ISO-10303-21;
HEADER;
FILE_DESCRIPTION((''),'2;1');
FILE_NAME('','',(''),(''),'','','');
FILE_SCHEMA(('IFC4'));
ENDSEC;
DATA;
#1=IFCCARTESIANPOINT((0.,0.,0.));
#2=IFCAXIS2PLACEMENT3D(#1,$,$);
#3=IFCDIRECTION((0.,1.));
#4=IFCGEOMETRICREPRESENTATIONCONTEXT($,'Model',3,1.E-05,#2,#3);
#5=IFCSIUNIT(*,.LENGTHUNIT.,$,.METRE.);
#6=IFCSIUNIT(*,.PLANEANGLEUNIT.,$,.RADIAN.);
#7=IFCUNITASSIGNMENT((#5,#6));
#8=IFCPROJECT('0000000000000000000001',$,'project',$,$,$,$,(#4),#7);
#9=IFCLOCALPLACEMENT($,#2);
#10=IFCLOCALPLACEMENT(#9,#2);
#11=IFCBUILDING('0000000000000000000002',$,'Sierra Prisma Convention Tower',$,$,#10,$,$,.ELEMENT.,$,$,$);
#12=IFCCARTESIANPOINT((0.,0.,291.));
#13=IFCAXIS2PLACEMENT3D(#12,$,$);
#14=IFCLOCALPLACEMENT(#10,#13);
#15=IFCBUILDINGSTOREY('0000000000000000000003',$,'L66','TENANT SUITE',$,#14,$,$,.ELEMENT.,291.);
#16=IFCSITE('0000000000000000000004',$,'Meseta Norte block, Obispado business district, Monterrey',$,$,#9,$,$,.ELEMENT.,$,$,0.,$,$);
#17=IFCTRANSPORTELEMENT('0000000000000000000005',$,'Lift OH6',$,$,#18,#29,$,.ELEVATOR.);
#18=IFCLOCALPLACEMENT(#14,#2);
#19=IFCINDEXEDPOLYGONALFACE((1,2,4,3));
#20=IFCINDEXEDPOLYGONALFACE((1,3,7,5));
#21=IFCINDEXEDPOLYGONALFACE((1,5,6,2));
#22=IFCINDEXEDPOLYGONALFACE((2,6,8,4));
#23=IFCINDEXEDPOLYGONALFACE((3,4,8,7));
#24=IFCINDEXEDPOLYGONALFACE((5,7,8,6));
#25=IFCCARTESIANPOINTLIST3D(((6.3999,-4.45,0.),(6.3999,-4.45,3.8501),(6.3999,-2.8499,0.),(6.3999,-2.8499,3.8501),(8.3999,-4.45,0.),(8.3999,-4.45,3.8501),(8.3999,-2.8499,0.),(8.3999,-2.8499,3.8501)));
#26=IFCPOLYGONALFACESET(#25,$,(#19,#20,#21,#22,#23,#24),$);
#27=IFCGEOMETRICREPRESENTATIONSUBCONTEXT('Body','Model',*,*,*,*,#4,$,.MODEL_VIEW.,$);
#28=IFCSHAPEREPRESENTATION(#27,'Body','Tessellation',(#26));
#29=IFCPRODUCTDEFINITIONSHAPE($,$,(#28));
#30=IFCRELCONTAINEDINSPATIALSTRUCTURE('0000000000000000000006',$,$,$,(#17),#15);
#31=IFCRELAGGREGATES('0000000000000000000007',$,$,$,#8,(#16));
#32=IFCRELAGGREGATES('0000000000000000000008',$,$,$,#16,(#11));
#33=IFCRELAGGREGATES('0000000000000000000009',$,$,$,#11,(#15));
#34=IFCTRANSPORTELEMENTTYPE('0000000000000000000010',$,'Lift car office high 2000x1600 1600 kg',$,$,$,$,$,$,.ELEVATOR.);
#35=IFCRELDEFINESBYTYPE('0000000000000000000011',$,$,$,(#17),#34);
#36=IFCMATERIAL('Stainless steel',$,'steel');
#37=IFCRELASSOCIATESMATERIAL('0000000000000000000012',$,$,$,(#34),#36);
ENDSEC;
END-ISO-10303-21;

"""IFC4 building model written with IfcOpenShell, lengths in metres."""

from ifc_helpers import new_model, si_unit, direction, frame, origin, origin_2d, place, context, subcontext, project, spatial, rectangle, extrude, material, type_object, element, save


model = new_model("IFC4")

# Units and contexts
model_context = context("Model", 3, precision=1e-05, world=origin(), true_north=direction((0.0, 1.0)))
body_context = subcontext(model_context, "Body", "Model", "MODEL_VIEW")
ifc_project = project(units=[si_unit("LENGTHUNIT", "METRE"), si_unit("PLANEANGLEUNIT", "RADIAN")], contexts=[model_context])

# Site, building, storey
site_placement = place(None, origin())
site = spatial("IfcSite", under=ifc_project, at=site_placement, Name="Meseta Norte block, Obispado business district, Monterrey", CompositionType="ELEMENT", RefElevation=0.0)
building_placement = place(site_placement, origin())
building = spatial("IfcBuilding", under=site, at=building_placement, Name="Sierra Prisma Convention Tower", CompositionType="ELEMENT")
storey_placement = place(building_placement, frame((0.0, 0.0, 291.0)))
storey = spatial("IfcBuildingStorey", under=building, at=storey_placement, Name="L66", Description="TENANT SUITE", CompositionType="ELEMENT", Elevation=291.0)

# Transport element
ifc_material_1 = material(Name="Stainless steel", Category="steel")
transport_element_type = type_object("IfcTransportElementType", Name="Lift car office high 2000x1600 1600 kg", PredefinedType="ELEVATOR", material=ifc_material_1)
for number, where, z_axis, x_axis, name in (
    (1, (7.3999, -3.6499, 0.0), (0.0, 0.0, 1.0), (1.0, 0.0, 0.0), "Lift OH6"),
):
    element("IfcTransportElement", number, at=place(storey_placement, frame(where, z_axis=z_axis, x_axis=x_axis)), inside=storey, type_object=transport_element_type, Name=name, PredefinedType="ELEVATOR", context=body_context, shape_type="SweptSolid", body=[
        extrude(rectangle(XDim=2.0, YDim=1.6001, at=origin_2d()), origin(), (0.0, 0.0, 1.0), 3.8501),
    ])

save(model, "model.ifc")
